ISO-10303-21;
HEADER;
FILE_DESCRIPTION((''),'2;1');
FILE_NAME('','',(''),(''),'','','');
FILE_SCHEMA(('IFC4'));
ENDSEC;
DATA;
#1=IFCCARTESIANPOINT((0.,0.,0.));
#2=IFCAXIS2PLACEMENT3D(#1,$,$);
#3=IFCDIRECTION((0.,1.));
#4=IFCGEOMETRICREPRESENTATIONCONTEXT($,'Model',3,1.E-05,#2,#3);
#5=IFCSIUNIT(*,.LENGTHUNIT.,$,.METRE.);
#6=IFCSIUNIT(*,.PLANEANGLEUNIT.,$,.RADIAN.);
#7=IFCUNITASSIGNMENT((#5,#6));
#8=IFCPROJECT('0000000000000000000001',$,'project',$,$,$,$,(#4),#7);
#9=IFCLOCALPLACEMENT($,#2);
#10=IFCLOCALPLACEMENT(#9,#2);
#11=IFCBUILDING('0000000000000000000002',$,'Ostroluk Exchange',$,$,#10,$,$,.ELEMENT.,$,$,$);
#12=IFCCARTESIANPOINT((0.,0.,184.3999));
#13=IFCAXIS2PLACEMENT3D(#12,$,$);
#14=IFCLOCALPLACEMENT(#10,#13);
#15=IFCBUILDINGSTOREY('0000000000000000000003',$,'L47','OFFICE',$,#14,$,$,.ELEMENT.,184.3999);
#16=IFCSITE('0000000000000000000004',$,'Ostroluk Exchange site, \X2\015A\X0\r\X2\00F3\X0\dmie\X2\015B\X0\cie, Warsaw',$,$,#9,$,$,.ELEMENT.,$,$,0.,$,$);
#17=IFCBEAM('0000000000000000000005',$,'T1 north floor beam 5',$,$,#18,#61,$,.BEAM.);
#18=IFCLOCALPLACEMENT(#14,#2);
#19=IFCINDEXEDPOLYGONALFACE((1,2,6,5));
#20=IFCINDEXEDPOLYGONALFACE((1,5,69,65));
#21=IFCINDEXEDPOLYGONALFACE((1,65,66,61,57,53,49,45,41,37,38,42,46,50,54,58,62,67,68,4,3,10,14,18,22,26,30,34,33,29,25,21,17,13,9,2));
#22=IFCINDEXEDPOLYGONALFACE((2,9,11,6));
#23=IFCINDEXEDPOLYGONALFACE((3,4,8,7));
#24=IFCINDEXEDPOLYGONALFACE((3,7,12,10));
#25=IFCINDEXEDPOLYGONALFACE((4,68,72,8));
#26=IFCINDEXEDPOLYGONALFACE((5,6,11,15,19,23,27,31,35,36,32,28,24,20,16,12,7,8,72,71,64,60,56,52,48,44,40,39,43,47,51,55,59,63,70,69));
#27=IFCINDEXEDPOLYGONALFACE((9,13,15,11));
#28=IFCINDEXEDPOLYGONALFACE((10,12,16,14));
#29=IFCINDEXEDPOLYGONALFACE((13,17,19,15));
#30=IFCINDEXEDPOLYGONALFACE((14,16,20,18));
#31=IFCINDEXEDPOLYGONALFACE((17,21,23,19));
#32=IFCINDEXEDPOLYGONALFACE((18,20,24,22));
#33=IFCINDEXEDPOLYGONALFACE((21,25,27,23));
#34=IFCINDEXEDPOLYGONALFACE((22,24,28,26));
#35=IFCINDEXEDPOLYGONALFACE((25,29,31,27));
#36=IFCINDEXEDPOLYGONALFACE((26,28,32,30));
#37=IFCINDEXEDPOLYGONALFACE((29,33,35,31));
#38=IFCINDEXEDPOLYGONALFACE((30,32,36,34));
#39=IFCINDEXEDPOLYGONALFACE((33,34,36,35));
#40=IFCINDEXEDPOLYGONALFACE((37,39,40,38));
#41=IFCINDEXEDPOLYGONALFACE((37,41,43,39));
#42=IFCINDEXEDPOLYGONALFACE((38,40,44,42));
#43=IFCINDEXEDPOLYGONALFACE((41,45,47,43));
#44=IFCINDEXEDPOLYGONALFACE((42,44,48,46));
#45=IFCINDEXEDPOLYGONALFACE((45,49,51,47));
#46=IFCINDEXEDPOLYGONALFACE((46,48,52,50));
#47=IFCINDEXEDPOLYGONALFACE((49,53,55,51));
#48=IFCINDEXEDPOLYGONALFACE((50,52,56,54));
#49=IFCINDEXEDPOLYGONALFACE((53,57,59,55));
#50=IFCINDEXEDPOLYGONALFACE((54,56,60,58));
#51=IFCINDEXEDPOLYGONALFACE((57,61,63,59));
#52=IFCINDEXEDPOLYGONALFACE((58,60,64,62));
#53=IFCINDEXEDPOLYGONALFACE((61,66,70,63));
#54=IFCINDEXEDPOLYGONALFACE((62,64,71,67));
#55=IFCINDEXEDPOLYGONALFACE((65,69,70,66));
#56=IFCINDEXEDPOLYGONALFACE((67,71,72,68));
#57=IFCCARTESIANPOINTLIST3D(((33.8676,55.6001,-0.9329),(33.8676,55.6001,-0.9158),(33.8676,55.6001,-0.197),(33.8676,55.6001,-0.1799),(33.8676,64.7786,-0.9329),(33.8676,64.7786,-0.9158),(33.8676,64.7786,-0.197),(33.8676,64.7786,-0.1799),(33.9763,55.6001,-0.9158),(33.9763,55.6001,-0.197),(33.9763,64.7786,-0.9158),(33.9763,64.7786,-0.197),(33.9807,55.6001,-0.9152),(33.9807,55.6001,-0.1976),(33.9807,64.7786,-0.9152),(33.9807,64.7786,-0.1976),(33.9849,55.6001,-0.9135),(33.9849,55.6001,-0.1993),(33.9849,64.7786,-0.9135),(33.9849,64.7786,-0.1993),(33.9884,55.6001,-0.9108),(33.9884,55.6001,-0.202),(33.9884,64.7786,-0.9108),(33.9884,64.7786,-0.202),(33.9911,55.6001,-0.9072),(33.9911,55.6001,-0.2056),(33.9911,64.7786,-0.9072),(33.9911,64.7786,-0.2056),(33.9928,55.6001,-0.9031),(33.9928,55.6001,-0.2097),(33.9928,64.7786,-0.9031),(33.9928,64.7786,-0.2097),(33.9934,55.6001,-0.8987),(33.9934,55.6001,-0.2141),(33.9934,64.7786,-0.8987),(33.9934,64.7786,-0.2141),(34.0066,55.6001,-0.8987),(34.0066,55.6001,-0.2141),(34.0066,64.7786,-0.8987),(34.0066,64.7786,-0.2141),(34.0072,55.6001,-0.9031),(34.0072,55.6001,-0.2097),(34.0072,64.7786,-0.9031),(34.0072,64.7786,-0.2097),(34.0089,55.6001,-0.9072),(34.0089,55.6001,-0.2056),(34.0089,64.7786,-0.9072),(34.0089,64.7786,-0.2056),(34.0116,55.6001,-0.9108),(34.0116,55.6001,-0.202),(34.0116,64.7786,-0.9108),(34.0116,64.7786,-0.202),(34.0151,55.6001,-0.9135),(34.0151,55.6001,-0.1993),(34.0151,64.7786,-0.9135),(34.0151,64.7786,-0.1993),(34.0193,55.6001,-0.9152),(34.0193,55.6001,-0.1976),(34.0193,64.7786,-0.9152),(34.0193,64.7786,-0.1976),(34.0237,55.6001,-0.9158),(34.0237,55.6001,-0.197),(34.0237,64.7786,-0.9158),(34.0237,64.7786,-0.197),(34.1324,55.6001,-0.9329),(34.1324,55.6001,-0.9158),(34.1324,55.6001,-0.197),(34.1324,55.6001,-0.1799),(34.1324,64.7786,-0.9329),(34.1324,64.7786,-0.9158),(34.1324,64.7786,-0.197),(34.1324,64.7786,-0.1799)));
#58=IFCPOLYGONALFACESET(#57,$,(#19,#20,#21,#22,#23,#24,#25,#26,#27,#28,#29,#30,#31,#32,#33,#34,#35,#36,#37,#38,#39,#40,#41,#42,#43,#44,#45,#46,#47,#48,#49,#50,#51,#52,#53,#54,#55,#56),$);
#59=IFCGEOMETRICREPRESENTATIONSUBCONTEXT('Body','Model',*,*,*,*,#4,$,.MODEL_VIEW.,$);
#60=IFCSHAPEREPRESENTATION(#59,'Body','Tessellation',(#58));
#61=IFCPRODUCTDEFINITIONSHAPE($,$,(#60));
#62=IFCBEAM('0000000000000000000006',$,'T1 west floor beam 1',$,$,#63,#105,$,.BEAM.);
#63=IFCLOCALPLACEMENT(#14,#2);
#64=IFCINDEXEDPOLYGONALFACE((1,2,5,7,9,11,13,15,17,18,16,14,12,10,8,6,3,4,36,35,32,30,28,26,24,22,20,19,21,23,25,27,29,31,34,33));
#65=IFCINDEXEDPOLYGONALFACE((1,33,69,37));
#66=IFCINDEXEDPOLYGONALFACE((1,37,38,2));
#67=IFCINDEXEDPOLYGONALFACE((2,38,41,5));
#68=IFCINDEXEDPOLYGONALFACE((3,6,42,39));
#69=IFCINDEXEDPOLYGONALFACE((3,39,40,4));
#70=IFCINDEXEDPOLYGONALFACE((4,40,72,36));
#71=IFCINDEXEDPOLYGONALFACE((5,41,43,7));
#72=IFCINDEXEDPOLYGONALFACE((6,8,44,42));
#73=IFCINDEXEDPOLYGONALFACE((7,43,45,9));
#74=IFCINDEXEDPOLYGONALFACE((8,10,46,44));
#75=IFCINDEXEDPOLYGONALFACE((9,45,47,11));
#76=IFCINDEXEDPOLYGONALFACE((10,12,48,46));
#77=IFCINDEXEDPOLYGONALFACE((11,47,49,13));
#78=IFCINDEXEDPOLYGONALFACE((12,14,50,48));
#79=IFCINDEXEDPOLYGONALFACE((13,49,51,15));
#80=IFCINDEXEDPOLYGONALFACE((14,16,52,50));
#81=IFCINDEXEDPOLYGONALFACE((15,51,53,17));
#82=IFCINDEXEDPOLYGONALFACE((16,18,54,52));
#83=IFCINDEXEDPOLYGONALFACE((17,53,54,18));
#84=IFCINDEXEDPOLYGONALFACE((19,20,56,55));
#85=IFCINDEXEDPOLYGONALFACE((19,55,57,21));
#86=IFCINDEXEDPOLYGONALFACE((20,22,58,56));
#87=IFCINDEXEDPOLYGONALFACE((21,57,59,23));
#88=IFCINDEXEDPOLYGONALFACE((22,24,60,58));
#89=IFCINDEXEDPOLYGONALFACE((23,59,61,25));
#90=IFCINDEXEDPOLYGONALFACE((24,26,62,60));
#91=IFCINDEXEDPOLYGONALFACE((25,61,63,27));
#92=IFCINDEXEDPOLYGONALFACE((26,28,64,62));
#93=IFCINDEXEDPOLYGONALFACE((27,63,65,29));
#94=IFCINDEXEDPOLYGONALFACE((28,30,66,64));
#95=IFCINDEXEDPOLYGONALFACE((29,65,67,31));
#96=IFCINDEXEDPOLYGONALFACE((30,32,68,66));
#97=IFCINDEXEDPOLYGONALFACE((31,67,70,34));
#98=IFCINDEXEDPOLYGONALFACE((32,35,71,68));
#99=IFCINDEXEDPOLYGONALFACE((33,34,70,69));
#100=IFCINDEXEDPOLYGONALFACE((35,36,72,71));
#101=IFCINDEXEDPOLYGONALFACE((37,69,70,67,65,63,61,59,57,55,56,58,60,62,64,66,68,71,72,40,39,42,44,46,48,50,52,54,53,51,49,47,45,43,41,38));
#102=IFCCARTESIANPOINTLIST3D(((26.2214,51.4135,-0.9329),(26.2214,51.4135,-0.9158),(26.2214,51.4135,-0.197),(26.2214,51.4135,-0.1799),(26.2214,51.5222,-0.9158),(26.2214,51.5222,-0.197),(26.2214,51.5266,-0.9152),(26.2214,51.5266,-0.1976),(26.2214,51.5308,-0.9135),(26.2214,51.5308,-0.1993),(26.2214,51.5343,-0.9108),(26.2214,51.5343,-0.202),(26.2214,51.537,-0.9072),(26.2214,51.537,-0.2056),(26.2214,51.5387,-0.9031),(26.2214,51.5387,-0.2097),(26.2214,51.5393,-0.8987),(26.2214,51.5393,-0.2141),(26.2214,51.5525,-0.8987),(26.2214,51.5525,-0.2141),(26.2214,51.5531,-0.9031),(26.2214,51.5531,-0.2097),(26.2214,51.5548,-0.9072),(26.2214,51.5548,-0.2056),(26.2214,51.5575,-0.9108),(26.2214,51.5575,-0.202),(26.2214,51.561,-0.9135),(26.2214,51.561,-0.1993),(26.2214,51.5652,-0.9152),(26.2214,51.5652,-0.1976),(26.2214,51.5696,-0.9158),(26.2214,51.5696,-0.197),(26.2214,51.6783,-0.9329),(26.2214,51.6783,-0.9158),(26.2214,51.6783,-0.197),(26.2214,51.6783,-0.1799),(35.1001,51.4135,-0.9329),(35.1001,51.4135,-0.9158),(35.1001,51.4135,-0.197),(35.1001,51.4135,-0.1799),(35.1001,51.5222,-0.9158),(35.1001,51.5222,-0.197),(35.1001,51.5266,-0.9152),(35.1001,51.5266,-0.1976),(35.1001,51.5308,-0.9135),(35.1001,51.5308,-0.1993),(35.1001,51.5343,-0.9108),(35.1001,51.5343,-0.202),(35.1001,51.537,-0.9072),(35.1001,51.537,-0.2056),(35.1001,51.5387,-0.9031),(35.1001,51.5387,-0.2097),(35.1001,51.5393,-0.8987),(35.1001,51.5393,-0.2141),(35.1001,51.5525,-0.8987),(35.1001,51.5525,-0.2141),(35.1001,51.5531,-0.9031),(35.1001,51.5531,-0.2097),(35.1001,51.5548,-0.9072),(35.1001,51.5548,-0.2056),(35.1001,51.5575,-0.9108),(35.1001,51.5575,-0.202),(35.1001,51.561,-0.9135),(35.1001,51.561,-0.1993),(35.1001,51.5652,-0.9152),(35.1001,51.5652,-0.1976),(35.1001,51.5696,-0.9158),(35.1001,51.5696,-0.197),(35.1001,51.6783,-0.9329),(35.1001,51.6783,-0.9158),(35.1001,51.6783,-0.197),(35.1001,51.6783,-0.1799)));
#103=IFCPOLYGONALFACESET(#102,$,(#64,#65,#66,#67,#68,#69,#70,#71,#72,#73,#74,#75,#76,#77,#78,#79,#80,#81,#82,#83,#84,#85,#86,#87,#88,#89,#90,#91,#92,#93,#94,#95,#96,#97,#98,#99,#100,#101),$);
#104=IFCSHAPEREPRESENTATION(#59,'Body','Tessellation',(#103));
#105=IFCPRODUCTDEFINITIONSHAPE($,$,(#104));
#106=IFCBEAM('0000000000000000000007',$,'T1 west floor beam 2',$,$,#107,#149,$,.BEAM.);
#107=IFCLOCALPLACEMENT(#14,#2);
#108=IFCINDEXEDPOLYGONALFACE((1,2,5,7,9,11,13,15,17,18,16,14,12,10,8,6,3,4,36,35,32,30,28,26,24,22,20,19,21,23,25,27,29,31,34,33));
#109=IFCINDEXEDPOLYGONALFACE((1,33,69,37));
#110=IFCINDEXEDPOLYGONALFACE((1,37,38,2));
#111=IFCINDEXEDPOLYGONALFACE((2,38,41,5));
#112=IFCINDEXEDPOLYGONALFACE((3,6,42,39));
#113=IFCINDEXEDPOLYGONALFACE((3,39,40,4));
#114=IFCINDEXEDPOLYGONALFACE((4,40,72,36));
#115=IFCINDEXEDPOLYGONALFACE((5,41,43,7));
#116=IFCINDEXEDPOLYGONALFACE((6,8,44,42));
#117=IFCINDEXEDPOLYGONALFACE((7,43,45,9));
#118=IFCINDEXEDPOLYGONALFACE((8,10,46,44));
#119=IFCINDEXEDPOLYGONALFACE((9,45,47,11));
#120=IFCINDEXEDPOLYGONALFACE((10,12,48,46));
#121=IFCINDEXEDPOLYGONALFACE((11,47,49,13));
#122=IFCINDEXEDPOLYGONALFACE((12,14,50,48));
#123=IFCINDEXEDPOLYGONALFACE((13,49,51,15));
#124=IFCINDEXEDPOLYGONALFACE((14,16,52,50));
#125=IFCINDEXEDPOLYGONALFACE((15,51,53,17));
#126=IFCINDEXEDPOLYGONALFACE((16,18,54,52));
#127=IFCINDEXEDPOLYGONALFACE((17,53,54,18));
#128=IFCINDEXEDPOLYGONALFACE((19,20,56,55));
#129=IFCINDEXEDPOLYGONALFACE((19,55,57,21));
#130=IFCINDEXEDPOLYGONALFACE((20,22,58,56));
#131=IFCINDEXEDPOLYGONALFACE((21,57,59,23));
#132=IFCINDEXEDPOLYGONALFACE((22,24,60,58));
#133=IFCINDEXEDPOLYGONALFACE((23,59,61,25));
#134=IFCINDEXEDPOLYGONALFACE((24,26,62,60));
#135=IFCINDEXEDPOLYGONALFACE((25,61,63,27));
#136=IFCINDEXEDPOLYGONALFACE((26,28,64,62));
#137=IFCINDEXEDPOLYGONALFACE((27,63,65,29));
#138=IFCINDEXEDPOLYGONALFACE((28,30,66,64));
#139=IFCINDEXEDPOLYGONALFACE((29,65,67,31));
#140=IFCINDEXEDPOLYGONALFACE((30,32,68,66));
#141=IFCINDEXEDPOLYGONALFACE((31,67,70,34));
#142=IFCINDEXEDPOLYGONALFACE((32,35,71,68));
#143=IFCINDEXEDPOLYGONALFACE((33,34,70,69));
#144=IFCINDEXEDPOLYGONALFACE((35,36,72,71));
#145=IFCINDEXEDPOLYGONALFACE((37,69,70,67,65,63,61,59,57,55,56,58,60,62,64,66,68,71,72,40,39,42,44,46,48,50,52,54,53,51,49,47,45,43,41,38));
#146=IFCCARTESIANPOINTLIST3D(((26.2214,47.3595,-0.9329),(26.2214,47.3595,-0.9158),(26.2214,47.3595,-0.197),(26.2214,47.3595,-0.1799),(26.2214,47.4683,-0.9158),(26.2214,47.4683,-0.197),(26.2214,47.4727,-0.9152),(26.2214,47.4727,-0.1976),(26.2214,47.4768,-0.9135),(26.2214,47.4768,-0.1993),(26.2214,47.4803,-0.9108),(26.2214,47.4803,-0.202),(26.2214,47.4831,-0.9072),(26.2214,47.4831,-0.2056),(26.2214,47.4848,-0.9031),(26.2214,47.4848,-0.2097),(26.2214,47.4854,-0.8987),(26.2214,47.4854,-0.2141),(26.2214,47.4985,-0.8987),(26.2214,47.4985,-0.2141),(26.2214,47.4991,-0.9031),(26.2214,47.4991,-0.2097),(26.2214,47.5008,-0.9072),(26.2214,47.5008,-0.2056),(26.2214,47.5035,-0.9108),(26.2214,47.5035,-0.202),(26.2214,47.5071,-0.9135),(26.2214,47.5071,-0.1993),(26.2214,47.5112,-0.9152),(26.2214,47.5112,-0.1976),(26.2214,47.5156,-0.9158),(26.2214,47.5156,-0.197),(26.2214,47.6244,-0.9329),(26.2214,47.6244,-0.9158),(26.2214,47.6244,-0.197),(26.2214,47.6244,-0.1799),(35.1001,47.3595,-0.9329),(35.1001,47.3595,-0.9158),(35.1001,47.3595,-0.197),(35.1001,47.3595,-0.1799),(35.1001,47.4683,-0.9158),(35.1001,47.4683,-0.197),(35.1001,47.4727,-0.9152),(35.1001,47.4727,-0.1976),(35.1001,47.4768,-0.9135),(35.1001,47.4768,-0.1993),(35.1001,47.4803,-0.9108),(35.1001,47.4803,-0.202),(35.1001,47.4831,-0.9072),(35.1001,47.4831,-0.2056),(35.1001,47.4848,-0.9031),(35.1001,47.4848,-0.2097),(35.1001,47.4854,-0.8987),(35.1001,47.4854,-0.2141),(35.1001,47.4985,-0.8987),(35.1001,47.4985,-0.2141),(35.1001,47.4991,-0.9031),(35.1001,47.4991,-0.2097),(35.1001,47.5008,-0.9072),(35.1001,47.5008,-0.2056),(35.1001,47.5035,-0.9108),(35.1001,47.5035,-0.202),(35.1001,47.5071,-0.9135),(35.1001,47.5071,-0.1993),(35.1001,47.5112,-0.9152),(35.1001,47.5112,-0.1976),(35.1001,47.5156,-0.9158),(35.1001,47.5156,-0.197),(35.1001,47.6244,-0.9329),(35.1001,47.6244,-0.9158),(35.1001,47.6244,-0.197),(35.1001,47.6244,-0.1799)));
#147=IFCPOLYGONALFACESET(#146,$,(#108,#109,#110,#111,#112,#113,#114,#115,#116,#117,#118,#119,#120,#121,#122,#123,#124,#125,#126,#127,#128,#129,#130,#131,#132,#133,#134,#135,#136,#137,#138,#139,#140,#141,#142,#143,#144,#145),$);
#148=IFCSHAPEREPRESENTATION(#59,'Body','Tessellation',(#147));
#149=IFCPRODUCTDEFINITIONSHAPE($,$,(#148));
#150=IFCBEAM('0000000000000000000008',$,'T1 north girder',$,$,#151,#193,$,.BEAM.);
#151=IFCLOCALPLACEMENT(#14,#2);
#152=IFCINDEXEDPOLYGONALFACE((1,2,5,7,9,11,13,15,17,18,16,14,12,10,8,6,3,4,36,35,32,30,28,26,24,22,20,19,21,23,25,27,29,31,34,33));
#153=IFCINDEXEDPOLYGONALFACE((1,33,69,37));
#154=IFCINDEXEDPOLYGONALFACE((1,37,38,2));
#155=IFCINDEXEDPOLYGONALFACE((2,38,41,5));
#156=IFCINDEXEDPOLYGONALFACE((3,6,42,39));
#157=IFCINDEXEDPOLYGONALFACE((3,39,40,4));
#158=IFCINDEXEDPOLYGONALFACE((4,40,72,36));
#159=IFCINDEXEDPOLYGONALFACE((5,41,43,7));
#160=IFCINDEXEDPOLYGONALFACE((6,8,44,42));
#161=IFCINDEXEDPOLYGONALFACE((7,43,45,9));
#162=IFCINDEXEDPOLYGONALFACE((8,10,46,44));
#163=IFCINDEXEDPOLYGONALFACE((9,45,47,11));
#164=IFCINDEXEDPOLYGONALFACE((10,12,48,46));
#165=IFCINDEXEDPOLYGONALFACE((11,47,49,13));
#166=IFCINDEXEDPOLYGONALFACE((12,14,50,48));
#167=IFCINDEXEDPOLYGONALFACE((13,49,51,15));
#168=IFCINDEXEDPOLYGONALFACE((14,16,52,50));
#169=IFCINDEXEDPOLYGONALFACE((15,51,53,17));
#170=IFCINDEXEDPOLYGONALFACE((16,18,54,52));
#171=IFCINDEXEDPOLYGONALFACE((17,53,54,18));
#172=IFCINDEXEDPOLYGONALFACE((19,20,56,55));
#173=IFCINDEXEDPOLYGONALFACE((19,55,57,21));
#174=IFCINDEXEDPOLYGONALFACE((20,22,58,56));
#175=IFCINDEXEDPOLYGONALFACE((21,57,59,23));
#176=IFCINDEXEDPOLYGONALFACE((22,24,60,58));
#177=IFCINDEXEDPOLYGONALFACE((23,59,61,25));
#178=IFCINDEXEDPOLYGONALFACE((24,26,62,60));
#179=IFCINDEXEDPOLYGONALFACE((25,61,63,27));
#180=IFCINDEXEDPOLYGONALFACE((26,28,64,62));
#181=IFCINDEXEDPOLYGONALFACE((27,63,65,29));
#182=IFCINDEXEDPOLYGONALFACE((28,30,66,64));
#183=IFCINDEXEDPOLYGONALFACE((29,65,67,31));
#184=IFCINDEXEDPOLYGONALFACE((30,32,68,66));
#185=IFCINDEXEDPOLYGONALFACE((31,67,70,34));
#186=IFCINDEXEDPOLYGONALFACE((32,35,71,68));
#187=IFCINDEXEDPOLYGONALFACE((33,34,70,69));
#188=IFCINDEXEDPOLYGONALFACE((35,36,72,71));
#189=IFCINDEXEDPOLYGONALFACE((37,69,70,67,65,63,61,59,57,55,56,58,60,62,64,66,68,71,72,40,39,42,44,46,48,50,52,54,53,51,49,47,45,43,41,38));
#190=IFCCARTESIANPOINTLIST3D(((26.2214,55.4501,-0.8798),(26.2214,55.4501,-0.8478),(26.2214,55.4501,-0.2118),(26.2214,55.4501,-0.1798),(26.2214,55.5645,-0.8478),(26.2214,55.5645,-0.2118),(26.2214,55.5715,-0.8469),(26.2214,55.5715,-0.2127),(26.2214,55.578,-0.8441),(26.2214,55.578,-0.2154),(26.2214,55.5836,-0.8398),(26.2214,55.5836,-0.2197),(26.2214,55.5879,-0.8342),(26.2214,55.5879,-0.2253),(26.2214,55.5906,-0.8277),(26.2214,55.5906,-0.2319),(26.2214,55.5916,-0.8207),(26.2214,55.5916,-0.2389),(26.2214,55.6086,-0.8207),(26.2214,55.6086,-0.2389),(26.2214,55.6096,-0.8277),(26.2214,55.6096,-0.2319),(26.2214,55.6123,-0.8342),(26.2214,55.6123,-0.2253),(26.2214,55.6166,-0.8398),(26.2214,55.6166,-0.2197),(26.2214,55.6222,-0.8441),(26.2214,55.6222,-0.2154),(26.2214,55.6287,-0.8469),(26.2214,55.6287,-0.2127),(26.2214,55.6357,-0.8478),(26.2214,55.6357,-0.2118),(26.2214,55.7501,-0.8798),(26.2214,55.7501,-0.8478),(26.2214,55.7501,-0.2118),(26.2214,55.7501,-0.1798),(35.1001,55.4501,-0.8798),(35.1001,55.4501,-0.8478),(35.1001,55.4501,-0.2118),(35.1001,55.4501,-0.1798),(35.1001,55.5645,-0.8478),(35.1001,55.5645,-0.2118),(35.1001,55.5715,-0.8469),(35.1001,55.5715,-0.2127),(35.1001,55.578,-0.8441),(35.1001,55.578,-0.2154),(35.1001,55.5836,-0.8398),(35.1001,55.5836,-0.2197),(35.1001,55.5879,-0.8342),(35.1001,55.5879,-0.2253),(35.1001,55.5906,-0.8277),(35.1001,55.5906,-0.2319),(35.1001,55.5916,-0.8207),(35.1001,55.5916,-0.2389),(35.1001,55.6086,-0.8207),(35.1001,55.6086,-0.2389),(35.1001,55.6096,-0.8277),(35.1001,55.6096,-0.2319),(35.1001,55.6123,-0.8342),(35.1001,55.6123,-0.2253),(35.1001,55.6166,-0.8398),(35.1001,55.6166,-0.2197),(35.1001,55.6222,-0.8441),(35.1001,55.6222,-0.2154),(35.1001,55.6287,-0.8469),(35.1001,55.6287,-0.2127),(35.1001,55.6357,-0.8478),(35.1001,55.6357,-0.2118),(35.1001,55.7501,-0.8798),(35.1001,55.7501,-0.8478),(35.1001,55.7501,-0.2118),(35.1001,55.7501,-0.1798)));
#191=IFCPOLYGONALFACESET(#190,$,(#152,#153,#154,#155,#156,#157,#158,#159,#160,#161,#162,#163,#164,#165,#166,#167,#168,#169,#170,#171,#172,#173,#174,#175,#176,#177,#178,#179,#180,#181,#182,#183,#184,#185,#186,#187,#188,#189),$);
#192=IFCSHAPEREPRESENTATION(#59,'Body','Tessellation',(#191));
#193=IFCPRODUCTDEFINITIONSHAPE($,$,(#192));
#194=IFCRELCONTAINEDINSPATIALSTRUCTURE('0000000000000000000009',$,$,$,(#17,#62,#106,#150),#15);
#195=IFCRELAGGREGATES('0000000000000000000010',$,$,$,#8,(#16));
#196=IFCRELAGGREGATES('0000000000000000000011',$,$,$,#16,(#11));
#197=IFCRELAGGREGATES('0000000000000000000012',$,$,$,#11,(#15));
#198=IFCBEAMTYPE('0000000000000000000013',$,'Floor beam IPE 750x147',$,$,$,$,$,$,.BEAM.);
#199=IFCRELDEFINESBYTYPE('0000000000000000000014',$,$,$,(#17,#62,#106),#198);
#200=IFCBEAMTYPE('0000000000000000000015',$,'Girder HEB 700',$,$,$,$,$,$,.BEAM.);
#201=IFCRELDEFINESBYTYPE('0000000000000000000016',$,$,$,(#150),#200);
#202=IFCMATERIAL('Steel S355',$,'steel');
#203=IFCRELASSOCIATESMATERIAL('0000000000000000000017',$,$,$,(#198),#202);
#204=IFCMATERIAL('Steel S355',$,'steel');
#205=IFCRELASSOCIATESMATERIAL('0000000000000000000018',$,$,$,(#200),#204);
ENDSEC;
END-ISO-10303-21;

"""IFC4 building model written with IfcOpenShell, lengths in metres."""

from ifc_helpers import new_model, si_unit, direction, frame, origin, origin_2d, place, context, subcontext, project, spatial, i_section, extrude, material, material_profile, profile_set, type_object, element, save


model = new_model("IFC4")

# Units and contexts
model_context = context("Model", 3, precision=1e-05, world=origin(), true_north=direction((0.0, 1.0)))
body_context = subcontext(model_context, "Body", "Model", "MODEL_VIEW")
ifc_project = project(units=[si_unit("LENGTHUNIT", "METRE"), si_unit("PLANEANGLEUNIT", "RADIAN")], contexts=[model_context])

# Site, building, storey
site_placement = place(None, origin())
site = spatial("IfcSite", under=ifc_project, at=site_placement, Name="Ostroluk Exchange site, Śródmieście, Warsaw", CompositionType="ELEMENT", RefElevation=0.0)
building_placement = place(site_placement, origin())
building = spatial("IfcBuilding", under=site, at=building_placement, Name="Ostroluk Exchange", CompositionType="ELEMENT")
storey_placement = place(building_placement, frame((0.0, 0.0, 184.3999)))
storey = spatial("IfcBuildingStorey", under=building, at=storey_placement, Name="L47", Description="OFFICE", CompositionType="ELEMENT", Elevation=184.3999)

# Beams
ifc_material_1 = material(Name="Steel S355", Category="steel")
ifc_material_profile_1 = material_profile(ifc_material_1, i_section(OverallWidth=0.2649, OverallDepth=0.7529, WebThickness=0.0132, FlangeThickness=0.0171, FilletRadius=0.0171, at=origin_2d()), Name="IPE 750x147")
ifc_profile_set_1 = profile_set([ifc_material_profile_1], Name="Steel S355")
beam_type_1 = type_object("IfcBeamType", Name="Floor beam IPE 750x147", PredefinedType="BEAM", material=ifc_profile_set_1)
beam_1_placement = place(storey_placement, frame((34.0, 55.6001, -0.5564), z_axis=(0.0, 1.0, 0.0), x_axis=(-1.0, 0.0, 0.0)))
element("IfcBeam", 1, at=beam_1_placement, inside=storey, type_object=beam_type_1, Name="T1 north floor beam 5", PredefinedType="BEAM", context=body_context, shape_type="SweptSolid", body=[
    extrude(i_section(OverallWidth=0.2649, OverallDepth=0.7529, WebThickness=0.0132, FlangeThickness=0.0171, FilletRadius=0.0171, at=origin_2d()), origin(), (0.0, 0.0, 1.0), 9.1785),
])
for number, where, z_axis, x_axis, name in (
    (2, (35.1001, 51.5459, -0.5564), (-1.0, 0.0, 0.0), (0.0, -1.0, 0.0), "T1 west floor beam 1"),
    (3, (35.1001, 47.4919, -0.5564), (-1.0, 0.0, 0.0), (0.0, -1.0, 0.0), "T1 west floor beam 2"),
):
    element("IfcBeam", number, at=place(storey_placement, frame(where, z_axis=z_axis, x_axis=x_axis)), inside=storey, type_object=beam_type_1, Name=name, PredefinedType="BEAM", context=body_context, shape_type="SweptSolid", body=[
        extrude(i_section(OverallWidth=0.2649, OverallDepth=0.7529, WebThickness=0.0132, FlangeThickness=0.0171, FilletRadius=0.0171, at=origin_2d()), origin(), (0.0, 0.0, 1.0), 8.8787),
    ])
ifc_material_2 = material(Name="Steel S355", Category="steel")
ifc_material_profile_2 = material_profile(ifc_material_2, i_section(OverallWidth=0.3, OverallDepth=0.7, WebThickness=0.0171, FlangeThickness=0.032, FilletRadius=0.0271, at=origin_2d()), Name="HEB 700")
ifc_profile_set_2 = profile_set([ifc_material_profile_2], Name="Steel S355")
beam_type_2 = type_object("IfcBeamType", Name="Girder HEB 700", PredefinedType="BEAM", material=ifc_profile_set_2)
beam_2_placement = place(storey_placement, frame((35.1001, 55.6001, -0.5298), z_axis=(-1.0, 0.0, 0.0), x_axis=(0.0, -1.0, 0.0)))
element("IfcBeam", 4, at=beam_2_placement, inside=storey, type_object=beam_type_2, Name="T1 north girder", PredefinedType="BEAM", context=body_context, shape_type="SweptSolid", body=[
    extrude(i_section(OverallWidth=0.3, OverallDepth=0.7, WebThickness=0.0171, FlangeThickness=0.032, FilletRadius=0.0271, at=origin_2d()), origin(), (0.0, 0.0, 1.0), 8.8787),
])

save(model, "model.ifc")
